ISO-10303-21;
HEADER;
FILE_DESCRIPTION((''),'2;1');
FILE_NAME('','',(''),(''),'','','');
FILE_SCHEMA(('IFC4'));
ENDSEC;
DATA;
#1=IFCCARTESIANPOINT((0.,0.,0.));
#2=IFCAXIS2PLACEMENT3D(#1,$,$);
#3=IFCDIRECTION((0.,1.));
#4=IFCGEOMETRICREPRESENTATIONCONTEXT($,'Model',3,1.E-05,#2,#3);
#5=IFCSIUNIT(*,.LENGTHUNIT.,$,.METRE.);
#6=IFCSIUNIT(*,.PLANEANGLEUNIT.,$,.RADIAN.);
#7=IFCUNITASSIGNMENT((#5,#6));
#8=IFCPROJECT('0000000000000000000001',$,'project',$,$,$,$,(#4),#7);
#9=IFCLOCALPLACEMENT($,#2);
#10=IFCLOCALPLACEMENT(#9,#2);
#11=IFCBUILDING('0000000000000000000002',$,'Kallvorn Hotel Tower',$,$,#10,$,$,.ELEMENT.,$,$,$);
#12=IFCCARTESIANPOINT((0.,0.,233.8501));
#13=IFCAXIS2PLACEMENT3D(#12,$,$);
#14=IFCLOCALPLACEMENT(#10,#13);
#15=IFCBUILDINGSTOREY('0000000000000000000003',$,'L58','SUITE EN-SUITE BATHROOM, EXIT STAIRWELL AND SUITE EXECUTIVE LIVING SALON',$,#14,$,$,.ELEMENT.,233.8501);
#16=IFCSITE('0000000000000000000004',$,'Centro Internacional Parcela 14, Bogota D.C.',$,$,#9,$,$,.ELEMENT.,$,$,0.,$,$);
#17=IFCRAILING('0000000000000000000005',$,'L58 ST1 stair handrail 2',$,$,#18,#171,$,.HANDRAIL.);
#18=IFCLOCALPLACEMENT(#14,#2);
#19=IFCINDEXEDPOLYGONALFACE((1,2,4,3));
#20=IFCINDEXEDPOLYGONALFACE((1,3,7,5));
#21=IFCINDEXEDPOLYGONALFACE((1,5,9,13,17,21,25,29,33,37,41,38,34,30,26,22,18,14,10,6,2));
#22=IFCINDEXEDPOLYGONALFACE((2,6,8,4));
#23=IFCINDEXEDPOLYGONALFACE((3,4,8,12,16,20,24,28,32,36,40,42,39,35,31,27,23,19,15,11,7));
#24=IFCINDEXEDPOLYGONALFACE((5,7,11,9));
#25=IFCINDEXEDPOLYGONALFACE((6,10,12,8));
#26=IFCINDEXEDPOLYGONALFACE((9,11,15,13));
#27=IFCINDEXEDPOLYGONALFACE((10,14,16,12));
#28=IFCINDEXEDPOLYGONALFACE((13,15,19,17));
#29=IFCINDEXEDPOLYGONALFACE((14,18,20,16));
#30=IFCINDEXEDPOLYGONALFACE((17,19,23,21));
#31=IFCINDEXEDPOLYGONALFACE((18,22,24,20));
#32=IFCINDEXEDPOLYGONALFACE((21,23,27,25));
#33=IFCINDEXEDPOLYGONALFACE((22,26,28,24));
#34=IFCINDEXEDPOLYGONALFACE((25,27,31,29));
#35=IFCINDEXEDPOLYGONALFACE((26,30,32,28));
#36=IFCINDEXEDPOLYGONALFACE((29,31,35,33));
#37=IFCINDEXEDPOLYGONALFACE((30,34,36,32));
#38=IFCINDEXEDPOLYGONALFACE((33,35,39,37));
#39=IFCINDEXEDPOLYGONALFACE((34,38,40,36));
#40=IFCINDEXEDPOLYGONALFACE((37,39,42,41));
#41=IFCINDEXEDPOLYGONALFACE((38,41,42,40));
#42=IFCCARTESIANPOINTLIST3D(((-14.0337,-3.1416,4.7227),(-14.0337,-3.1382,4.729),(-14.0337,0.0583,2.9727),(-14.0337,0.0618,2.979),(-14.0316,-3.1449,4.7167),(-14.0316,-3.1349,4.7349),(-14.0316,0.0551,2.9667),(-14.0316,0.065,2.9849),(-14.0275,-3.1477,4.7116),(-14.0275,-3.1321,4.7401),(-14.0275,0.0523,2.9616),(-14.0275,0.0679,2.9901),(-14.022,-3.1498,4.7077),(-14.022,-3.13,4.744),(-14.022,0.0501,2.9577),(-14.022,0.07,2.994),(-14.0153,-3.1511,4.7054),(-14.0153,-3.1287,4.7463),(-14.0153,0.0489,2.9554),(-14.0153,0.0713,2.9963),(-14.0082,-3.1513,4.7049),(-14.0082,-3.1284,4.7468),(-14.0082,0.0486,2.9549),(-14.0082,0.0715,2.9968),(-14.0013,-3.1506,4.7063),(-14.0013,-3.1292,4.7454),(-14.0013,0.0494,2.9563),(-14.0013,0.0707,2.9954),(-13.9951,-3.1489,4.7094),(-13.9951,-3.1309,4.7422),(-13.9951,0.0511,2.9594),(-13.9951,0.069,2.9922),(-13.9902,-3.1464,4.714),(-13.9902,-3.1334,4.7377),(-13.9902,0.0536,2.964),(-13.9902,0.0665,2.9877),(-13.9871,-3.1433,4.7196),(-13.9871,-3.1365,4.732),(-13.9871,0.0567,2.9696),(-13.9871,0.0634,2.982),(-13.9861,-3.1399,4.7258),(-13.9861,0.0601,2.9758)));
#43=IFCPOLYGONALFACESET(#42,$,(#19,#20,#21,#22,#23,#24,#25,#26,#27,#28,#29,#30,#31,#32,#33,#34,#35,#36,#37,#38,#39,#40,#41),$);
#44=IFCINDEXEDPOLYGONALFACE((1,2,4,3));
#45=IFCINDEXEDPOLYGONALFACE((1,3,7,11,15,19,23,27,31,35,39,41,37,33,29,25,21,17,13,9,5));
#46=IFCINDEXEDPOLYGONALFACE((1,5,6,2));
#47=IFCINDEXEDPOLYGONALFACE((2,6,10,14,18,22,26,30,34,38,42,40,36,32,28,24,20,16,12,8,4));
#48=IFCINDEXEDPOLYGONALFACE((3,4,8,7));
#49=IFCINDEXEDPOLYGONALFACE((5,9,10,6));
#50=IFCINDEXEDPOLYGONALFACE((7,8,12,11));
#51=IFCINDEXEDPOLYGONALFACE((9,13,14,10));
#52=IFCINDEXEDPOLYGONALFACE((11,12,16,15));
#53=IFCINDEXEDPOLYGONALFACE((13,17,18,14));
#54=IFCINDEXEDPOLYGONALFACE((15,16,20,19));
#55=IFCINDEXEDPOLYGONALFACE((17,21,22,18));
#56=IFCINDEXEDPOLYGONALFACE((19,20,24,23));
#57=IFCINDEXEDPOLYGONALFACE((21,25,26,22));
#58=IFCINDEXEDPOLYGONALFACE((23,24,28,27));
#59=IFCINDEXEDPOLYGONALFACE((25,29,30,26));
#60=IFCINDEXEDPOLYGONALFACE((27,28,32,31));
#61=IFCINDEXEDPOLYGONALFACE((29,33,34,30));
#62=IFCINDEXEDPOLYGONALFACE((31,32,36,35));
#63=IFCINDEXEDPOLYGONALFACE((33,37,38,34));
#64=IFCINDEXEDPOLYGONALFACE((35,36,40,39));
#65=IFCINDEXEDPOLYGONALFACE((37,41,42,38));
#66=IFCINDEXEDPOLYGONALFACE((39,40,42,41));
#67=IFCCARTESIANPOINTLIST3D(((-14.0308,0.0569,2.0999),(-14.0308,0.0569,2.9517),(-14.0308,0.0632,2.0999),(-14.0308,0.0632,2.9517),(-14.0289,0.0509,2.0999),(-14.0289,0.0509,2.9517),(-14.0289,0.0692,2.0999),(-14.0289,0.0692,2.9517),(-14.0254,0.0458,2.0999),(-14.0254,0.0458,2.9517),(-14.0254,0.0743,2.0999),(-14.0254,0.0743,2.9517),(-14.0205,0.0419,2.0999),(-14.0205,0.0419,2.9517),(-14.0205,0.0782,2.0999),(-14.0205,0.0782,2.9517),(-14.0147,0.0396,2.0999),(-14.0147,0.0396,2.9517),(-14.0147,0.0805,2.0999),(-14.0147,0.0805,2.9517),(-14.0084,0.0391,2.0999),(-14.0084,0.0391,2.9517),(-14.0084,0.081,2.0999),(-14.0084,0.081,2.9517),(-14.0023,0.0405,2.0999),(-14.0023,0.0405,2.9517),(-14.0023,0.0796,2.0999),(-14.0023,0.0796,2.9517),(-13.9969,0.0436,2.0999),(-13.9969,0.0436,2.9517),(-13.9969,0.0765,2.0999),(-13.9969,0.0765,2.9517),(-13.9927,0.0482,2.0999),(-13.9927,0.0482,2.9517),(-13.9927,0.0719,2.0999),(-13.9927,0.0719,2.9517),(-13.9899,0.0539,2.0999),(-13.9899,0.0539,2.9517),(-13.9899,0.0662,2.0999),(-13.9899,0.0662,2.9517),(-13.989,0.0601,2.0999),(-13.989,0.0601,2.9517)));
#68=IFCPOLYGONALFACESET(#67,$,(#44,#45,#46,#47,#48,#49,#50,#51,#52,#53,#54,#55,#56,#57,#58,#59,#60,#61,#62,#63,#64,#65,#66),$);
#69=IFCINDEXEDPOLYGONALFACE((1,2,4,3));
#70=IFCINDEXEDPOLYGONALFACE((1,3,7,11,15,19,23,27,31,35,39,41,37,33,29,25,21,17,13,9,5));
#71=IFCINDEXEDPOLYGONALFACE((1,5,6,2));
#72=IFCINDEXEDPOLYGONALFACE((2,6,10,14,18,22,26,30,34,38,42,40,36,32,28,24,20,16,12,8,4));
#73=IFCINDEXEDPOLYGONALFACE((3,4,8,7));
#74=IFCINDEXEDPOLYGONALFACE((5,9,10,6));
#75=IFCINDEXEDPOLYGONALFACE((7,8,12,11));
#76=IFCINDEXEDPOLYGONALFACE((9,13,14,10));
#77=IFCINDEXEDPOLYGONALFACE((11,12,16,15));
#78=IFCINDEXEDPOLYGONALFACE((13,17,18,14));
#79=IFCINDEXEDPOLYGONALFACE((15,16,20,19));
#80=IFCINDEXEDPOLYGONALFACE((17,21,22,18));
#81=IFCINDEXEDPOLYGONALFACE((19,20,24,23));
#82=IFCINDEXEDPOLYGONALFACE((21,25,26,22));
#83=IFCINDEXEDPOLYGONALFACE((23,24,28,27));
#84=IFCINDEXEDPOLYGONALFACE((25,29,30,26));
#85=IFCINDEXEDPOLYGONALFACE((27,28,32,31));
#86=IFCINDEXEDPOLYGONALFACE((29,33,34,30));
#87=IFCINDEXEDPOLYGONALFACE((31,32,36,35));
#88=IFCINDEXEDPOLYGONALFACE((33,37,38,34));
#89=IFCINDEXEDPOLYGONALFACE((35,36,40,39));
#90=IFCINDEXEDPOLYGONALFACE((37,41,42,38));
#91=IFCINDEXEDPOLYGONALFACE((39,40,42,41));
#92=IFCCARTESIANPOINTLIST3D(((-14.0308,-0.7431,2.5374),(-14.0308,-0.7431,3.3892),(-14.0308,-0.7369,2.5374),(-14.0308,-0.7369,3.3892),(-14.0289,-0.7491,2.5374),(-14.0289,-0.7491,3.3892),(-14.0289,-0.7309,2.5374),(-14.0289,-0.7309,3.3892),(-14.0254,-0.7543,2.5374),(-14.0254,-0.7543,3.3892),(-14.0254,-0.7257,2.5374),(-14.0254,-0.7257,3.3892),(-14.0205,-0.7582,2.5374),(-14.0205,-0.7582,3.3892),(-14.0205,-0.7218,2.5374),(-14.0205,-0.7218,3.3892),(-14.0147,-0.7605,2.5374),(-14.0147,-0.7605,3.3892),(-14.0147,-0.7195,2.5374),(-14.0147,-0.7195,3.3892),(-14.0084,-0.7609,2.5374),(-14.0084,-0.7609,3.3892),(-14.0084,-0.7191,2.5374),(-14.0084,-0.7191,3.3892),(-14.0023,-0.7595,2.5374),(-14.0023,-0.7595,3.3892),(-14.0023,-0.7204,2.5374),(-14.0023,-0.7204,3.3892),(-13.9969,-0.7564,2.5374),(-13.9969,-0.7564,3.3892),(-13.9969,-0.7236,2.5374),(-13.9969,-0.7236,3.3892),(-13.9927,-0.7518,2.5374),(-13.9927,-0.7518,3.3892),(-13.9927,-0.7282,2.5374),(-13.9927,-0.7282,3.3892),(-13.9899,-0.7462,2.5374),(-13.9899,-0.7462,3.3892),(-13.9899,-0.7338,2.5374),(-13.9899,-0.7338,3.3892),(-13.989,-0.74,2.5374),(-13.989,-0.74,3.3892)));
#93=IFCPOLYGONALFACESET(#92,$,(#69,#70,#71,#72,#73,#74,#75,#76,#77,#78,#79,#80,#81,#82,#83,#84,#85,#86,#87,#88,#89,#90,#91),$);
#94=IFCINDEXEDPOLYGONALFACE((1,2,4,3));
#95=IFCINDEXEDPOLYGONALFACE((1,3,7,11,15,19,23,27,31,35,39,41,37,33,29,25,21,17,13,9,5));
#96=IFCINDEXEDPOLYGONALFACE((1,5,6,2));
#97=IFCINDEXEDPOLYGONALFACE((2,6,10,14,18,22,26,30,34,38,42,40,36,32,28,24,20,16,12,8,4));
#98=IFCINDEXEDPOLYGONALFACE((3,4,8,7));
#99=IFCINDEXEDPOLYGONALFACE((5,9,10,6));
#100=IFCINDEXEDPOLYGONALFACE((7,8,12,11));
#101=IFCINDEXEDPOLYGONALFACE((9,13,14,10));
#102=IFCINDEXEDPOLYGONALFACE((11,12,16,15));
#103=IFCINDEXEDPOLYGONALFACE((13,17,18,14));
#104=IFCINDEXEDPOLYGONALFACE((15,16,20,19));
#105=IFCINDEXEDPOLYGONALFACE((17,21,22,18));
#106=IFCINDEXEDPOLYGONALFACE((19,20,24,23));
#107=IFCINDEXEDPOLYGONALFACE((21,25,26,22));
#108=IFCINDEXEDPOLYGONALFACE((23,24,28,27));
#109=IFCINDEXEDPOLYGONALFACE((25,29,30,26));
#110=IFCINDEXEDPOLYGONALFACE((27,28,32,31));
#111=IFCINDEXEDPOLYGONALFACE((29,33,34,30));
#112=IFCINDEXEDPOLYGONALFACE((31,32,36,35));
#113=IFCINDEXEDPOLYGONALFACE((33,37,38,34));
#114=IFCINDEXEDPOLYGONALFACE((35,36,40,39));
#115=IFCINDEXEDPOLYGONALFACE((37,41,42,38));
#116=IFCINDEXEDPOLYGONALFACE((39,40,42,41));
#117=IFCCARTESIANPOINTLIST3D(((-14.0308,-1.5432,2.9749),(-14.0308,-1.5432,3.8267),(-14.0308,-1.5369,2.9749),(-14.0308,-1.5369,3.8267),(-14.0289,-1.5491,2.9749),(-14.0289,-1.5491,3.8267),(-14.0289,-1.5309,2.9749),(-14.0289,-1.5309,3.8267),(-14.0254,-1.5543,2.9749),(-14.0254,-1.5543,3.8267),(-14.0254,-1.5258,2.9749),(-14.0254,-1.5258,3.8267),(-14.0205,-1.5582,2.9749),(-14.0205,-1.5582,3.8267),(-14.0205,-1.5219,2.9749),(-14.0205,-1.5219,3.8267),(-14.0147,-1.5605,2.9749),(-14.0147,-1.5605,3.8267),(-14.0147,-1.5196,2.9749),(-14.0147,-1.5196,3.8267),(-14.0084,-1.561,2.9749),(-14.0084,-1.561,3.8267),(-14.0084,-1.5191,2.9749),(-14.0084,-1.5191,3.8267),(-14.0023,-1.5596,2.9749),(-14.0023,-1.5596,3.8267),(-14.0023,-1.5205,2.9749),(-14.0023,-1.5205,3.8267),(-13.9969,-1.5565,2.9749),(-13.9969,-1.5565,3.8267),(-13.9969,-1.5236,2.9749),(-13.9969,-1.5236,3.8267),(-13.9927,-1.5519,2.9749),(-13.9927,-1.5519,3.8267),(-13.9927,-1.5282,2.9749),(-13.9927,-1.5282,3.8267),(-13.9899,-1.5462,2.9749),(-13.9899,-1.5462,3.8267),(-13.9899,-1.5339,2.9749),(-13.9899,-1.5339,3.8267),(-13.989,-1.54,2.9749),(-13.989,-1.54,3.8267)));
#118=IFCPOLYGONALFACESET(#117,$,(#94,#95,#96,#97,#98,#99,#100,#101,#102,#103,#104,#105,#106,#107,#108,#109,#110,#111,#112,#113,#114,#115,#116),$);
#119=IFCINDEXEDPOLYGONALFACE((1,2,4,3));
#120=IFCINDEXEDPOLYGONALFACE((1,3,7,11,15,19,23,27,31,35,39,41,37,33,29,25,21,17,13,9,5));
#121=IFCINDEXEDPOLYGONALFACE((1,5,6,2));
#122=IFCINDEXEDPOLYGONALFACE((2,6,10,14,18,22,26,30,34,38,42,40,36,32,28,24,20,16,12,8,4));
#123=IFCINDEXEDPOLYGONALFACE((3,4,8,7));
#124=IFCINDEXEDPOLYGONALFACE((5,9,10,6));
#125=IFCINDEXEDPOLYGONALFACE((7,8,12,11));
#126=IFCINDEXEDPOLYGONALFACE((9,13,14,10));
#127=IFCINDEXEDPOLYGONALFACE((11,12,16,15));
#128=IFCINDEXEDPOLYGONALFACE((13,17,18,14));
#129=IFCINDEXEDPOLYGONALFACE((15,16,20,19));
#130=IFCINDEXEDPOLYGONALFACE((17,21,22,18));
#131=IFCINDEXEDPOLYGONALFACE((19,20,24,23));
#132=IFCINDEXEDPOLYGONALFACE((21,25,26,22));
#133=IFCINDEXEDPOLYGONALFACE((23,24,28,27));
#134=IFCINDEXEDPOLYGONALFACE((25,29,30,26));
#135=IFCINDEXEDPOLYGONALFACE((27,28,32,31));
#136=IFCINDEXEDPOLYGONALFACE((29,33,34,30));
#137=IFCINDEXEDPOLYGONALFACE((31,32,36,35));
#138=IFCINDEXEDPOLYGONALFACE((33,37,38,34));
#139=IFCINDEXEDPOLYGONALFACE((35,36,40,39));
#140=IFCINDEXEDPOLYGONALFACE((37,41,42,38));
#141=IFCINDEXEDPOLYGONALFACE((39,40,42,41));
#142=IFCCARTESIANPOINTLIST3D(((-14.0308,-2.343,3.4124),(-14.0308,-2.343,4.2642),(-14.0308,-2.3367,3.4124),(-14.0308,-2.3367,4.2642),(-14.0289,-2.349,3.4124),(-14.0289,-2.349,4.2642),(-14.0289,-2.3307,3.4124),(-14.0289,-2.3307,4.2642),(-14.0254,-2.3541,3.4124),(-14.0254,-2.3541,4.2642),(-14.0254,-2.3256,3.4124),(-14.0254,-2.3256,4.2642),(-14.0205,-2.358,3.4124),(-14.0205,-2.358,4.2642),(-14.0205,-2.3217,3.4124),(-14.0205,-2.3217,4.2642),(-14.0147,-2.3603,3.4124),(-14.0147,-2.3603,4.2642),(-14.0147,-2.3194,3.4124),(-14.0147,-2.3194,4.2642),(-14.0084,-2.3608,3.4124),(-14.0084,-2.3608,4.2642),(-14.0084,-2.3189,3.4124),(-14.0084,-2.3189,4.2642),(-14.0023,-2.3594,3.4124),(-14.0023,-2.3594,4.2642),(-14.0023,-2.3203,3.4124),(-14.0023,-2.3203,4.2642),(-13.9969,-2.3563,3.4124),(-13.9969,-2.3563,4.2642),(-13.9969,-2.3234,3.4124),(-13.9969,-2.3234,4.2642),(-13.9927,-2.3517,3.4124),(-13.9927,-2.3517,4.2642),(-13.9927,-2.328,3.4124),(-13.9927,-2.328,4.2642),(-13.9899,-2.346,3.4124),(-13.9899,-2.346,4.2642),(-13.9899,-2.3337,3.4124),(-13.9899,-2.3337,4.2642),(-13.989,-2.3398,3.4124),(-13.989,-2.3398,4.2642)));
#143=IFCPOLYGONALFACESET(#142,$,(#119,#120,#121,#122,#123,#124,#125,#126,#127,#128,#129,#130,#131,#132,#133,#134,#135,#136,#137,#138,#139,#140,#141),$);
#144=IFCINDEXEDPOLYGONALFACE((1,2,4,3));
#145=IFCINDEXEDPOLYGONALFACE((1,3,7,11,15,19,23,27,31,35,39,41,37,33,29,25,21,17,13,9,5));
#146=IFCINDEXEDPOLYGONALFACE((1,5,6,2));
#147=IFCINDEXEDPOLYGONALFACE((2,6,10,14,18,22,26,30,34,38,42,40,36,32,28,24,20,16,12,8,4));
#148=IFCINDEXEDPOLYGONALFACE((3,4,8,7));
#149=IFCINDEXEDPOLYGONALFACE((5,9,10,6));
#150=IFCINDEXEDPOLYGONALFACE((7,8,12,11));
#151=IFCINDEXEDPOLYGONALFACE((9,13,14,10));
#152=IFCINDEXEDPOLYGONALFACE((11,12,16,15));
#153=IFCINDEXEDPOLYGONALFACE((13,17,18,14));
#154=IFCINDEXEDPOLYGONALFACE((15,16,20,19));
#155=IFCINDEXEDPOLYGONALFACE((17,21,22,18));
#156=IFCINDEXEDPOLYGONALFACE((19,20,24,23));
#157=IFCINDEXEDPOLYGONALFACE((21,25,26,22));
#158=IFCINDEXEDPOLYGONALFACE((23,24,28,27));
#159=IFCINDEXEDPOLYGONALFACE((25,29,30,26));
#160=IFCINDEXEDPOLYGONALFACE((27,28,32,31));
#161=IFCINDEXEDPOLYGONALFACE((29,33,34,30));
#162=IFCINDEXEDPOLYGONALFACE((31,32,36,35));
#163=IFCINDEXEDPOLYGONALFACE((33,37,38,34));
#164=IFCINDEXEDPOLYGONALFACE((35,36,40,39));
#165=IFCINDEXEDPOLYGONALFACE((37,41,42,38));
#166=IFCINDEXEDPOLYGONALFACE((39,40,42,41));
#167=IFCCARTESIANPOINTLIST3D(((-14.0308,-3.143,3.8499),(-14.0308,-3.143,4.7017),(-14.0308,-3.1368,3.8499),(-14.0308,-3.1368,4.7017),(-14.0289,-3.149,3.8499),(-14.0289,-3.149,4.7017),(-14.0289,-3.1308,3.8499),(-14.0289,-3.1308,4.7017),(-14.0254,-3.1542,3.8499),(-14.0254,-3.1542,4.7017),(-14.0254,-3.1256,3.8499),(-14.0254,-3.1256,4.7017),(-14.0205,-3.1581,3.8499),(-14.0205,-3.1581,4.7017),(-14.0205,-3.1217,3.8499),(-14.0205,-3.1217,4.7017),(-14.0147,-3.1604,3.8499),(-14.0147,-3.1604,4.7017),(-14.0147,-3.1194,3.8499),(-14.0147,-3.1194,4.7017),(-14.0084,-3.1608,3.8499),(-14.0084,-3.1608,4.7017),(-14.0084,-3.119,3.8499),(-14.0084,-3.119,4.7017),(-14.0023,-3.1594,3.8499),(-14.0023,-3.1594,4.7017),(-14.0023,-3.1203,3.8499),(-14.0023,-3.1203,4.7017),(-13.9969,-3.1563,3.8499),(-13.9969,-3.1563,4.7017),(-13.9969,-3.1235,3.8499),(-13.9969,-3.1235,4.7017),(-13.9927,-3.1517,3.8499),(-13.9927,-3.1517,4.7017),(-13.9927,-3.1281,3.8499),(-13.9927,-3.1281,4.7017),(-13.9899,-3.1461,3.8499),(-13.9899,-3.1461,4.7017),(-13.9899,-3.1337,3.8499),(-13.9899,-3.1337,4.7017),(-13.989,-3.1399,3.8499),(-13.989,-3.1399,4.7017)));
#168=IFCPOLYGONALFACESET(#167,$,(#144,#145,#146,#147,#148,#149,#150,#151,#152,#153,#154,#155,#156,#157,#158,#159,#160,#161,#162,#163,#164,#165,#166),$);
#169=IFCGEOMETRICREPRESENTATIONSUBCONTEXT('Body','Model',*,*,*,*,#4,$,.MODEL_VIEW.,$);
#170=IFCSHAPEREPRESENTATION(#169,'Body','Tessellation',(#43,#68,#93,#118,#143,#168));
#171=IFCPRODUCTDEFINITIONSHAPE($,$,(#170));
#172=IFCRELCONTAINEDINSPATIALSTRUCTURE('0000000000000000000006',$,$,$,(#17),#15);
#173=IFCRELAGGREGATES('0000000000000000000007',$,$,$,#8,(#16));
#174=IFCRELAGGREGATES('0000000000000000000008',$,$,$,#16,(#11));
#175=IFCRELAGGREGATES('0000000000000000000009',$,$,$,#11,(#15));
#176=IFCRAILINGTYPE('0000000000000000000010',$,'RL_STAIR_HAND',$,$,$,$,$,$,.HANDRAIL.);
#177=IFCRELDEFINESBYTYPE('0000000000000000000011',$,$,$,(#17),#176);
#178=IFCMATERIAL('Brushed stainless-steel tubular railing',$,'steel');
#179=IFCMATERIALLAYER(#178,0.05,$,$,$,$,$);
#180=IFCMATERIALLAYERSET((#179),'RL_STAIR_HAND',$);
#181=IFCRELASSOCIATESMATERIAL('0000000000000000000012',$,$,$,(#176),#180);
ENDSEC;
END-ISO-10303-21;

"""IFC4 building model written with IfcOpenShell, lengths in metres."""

from ifc_helpers import new_model, si_unit, direction, frame, origin, origin_2d, place, context, subcontext, project, spatial, circle, extrude, material, layer, layer_set, type_object, element, save


model = new_model("IFC4")

# Units and contexts
model_context = context("Model", 3, precision=1e-05, world=origin(), true_north=direction((0.0, 1.0)))
body_context = subcontext(model_context, "Body", "Model", "MODEL_VIEW")
ifc_project = project(units=[si_unit("LENGTHUNIT", "METRE"), si_unit("PLANEANGLEUNIT", "RADIAN")], contexts=[model_context])

# Site, building, storey
site_placement = place(None, origin())
site = spatial("IfcSite", under=ifc_project, at=site_placement, Name="Centro Internacional Parcela 14, Bogota D.C.", CompositionType="ELEMENT", RefElevation=0.0)
building_placement = place(site_placement, origin())
building = spatial("IfcBuilding", under=site, at=building_placement, Name="Kallvorn Hotel Tower", CompositionType="ELEMENT")
storey_placement = place(building_placement, frame((0.0, 0.0, 233.8501)))
storey = spatial("IfcBuildingStorey", under=building, at=storey_placement, Name="L58", Description="SUITE EN-SUITE BATHROOM, EXIT STAIRWELL AND SUITE EXECUTIVE LIVING SALON", CompositionType="ELEMENT", Elevation=233.8501)

# Railing
ifc_material_1 = material(Name="Brushed stainless-steel tubular railing", Category="steel")
ifc_layer_1 = layer(ifc_material_1, 0.05)
ifc_layer_set_1 = layer_set([ifc_layer_1], Name="RL_STAIR_HAND")
railing_type_1 = type_object("IfcRailingType", Name="RL_STAIR_HAND", PredefinedType="HANDRAIL", material=ifc_layer_set_1)
railing_1_placement = place(storey_placement, frame((-14.01, 0.0601, 2.0999)))
element("IfcRailing", 1, at=railing_1_placement, inside=storey, type_object=railing_type_1, Name="L58 ST1 stair handrail 2", PredefinedType="HANDRAIL", context=body_context, shape_type="SweptSolid", body=[
    extrude(circle(Radius=0.0239, at=origin_2d()), frame((0.0, 0.0, 0.876), z_axis=(0.0, -0.877368, 0.479818), x_axis=(1.0, 0.0, 0.0)), (0.0, 0.0, 1.0), 3.6472),
    extrude(circle(Radius=0.021, at=origin_2d()), origin(), (0.0, 0.0, 1.0), 0.8518),
    extrude(circle(Radius=0.021, at=origin_2d()), frame((0.0, -0.8, 0.4375)), (0.0, 0.0, 1.0), 0.8518),
    extrude(circle(Radius=0.021, at=origin_2d()), frame((0.0, -1.6001, 0.875)), (0.0, 0.0, 1.0), 0.8518),
    extrude(circle(Radius=0.021, at=origin_2d()), frame((0.0, -2.3999, 1.3125)), (0.0, 0.0, 1.0), 0.8518),
    extrude(circle(Radius=0.021, at=origin_2d()), frame((0.0, -3.2, 1.75)), (0.0, 0.0, 1.0), 0.8518),
])

save(model, "model.ifc")
